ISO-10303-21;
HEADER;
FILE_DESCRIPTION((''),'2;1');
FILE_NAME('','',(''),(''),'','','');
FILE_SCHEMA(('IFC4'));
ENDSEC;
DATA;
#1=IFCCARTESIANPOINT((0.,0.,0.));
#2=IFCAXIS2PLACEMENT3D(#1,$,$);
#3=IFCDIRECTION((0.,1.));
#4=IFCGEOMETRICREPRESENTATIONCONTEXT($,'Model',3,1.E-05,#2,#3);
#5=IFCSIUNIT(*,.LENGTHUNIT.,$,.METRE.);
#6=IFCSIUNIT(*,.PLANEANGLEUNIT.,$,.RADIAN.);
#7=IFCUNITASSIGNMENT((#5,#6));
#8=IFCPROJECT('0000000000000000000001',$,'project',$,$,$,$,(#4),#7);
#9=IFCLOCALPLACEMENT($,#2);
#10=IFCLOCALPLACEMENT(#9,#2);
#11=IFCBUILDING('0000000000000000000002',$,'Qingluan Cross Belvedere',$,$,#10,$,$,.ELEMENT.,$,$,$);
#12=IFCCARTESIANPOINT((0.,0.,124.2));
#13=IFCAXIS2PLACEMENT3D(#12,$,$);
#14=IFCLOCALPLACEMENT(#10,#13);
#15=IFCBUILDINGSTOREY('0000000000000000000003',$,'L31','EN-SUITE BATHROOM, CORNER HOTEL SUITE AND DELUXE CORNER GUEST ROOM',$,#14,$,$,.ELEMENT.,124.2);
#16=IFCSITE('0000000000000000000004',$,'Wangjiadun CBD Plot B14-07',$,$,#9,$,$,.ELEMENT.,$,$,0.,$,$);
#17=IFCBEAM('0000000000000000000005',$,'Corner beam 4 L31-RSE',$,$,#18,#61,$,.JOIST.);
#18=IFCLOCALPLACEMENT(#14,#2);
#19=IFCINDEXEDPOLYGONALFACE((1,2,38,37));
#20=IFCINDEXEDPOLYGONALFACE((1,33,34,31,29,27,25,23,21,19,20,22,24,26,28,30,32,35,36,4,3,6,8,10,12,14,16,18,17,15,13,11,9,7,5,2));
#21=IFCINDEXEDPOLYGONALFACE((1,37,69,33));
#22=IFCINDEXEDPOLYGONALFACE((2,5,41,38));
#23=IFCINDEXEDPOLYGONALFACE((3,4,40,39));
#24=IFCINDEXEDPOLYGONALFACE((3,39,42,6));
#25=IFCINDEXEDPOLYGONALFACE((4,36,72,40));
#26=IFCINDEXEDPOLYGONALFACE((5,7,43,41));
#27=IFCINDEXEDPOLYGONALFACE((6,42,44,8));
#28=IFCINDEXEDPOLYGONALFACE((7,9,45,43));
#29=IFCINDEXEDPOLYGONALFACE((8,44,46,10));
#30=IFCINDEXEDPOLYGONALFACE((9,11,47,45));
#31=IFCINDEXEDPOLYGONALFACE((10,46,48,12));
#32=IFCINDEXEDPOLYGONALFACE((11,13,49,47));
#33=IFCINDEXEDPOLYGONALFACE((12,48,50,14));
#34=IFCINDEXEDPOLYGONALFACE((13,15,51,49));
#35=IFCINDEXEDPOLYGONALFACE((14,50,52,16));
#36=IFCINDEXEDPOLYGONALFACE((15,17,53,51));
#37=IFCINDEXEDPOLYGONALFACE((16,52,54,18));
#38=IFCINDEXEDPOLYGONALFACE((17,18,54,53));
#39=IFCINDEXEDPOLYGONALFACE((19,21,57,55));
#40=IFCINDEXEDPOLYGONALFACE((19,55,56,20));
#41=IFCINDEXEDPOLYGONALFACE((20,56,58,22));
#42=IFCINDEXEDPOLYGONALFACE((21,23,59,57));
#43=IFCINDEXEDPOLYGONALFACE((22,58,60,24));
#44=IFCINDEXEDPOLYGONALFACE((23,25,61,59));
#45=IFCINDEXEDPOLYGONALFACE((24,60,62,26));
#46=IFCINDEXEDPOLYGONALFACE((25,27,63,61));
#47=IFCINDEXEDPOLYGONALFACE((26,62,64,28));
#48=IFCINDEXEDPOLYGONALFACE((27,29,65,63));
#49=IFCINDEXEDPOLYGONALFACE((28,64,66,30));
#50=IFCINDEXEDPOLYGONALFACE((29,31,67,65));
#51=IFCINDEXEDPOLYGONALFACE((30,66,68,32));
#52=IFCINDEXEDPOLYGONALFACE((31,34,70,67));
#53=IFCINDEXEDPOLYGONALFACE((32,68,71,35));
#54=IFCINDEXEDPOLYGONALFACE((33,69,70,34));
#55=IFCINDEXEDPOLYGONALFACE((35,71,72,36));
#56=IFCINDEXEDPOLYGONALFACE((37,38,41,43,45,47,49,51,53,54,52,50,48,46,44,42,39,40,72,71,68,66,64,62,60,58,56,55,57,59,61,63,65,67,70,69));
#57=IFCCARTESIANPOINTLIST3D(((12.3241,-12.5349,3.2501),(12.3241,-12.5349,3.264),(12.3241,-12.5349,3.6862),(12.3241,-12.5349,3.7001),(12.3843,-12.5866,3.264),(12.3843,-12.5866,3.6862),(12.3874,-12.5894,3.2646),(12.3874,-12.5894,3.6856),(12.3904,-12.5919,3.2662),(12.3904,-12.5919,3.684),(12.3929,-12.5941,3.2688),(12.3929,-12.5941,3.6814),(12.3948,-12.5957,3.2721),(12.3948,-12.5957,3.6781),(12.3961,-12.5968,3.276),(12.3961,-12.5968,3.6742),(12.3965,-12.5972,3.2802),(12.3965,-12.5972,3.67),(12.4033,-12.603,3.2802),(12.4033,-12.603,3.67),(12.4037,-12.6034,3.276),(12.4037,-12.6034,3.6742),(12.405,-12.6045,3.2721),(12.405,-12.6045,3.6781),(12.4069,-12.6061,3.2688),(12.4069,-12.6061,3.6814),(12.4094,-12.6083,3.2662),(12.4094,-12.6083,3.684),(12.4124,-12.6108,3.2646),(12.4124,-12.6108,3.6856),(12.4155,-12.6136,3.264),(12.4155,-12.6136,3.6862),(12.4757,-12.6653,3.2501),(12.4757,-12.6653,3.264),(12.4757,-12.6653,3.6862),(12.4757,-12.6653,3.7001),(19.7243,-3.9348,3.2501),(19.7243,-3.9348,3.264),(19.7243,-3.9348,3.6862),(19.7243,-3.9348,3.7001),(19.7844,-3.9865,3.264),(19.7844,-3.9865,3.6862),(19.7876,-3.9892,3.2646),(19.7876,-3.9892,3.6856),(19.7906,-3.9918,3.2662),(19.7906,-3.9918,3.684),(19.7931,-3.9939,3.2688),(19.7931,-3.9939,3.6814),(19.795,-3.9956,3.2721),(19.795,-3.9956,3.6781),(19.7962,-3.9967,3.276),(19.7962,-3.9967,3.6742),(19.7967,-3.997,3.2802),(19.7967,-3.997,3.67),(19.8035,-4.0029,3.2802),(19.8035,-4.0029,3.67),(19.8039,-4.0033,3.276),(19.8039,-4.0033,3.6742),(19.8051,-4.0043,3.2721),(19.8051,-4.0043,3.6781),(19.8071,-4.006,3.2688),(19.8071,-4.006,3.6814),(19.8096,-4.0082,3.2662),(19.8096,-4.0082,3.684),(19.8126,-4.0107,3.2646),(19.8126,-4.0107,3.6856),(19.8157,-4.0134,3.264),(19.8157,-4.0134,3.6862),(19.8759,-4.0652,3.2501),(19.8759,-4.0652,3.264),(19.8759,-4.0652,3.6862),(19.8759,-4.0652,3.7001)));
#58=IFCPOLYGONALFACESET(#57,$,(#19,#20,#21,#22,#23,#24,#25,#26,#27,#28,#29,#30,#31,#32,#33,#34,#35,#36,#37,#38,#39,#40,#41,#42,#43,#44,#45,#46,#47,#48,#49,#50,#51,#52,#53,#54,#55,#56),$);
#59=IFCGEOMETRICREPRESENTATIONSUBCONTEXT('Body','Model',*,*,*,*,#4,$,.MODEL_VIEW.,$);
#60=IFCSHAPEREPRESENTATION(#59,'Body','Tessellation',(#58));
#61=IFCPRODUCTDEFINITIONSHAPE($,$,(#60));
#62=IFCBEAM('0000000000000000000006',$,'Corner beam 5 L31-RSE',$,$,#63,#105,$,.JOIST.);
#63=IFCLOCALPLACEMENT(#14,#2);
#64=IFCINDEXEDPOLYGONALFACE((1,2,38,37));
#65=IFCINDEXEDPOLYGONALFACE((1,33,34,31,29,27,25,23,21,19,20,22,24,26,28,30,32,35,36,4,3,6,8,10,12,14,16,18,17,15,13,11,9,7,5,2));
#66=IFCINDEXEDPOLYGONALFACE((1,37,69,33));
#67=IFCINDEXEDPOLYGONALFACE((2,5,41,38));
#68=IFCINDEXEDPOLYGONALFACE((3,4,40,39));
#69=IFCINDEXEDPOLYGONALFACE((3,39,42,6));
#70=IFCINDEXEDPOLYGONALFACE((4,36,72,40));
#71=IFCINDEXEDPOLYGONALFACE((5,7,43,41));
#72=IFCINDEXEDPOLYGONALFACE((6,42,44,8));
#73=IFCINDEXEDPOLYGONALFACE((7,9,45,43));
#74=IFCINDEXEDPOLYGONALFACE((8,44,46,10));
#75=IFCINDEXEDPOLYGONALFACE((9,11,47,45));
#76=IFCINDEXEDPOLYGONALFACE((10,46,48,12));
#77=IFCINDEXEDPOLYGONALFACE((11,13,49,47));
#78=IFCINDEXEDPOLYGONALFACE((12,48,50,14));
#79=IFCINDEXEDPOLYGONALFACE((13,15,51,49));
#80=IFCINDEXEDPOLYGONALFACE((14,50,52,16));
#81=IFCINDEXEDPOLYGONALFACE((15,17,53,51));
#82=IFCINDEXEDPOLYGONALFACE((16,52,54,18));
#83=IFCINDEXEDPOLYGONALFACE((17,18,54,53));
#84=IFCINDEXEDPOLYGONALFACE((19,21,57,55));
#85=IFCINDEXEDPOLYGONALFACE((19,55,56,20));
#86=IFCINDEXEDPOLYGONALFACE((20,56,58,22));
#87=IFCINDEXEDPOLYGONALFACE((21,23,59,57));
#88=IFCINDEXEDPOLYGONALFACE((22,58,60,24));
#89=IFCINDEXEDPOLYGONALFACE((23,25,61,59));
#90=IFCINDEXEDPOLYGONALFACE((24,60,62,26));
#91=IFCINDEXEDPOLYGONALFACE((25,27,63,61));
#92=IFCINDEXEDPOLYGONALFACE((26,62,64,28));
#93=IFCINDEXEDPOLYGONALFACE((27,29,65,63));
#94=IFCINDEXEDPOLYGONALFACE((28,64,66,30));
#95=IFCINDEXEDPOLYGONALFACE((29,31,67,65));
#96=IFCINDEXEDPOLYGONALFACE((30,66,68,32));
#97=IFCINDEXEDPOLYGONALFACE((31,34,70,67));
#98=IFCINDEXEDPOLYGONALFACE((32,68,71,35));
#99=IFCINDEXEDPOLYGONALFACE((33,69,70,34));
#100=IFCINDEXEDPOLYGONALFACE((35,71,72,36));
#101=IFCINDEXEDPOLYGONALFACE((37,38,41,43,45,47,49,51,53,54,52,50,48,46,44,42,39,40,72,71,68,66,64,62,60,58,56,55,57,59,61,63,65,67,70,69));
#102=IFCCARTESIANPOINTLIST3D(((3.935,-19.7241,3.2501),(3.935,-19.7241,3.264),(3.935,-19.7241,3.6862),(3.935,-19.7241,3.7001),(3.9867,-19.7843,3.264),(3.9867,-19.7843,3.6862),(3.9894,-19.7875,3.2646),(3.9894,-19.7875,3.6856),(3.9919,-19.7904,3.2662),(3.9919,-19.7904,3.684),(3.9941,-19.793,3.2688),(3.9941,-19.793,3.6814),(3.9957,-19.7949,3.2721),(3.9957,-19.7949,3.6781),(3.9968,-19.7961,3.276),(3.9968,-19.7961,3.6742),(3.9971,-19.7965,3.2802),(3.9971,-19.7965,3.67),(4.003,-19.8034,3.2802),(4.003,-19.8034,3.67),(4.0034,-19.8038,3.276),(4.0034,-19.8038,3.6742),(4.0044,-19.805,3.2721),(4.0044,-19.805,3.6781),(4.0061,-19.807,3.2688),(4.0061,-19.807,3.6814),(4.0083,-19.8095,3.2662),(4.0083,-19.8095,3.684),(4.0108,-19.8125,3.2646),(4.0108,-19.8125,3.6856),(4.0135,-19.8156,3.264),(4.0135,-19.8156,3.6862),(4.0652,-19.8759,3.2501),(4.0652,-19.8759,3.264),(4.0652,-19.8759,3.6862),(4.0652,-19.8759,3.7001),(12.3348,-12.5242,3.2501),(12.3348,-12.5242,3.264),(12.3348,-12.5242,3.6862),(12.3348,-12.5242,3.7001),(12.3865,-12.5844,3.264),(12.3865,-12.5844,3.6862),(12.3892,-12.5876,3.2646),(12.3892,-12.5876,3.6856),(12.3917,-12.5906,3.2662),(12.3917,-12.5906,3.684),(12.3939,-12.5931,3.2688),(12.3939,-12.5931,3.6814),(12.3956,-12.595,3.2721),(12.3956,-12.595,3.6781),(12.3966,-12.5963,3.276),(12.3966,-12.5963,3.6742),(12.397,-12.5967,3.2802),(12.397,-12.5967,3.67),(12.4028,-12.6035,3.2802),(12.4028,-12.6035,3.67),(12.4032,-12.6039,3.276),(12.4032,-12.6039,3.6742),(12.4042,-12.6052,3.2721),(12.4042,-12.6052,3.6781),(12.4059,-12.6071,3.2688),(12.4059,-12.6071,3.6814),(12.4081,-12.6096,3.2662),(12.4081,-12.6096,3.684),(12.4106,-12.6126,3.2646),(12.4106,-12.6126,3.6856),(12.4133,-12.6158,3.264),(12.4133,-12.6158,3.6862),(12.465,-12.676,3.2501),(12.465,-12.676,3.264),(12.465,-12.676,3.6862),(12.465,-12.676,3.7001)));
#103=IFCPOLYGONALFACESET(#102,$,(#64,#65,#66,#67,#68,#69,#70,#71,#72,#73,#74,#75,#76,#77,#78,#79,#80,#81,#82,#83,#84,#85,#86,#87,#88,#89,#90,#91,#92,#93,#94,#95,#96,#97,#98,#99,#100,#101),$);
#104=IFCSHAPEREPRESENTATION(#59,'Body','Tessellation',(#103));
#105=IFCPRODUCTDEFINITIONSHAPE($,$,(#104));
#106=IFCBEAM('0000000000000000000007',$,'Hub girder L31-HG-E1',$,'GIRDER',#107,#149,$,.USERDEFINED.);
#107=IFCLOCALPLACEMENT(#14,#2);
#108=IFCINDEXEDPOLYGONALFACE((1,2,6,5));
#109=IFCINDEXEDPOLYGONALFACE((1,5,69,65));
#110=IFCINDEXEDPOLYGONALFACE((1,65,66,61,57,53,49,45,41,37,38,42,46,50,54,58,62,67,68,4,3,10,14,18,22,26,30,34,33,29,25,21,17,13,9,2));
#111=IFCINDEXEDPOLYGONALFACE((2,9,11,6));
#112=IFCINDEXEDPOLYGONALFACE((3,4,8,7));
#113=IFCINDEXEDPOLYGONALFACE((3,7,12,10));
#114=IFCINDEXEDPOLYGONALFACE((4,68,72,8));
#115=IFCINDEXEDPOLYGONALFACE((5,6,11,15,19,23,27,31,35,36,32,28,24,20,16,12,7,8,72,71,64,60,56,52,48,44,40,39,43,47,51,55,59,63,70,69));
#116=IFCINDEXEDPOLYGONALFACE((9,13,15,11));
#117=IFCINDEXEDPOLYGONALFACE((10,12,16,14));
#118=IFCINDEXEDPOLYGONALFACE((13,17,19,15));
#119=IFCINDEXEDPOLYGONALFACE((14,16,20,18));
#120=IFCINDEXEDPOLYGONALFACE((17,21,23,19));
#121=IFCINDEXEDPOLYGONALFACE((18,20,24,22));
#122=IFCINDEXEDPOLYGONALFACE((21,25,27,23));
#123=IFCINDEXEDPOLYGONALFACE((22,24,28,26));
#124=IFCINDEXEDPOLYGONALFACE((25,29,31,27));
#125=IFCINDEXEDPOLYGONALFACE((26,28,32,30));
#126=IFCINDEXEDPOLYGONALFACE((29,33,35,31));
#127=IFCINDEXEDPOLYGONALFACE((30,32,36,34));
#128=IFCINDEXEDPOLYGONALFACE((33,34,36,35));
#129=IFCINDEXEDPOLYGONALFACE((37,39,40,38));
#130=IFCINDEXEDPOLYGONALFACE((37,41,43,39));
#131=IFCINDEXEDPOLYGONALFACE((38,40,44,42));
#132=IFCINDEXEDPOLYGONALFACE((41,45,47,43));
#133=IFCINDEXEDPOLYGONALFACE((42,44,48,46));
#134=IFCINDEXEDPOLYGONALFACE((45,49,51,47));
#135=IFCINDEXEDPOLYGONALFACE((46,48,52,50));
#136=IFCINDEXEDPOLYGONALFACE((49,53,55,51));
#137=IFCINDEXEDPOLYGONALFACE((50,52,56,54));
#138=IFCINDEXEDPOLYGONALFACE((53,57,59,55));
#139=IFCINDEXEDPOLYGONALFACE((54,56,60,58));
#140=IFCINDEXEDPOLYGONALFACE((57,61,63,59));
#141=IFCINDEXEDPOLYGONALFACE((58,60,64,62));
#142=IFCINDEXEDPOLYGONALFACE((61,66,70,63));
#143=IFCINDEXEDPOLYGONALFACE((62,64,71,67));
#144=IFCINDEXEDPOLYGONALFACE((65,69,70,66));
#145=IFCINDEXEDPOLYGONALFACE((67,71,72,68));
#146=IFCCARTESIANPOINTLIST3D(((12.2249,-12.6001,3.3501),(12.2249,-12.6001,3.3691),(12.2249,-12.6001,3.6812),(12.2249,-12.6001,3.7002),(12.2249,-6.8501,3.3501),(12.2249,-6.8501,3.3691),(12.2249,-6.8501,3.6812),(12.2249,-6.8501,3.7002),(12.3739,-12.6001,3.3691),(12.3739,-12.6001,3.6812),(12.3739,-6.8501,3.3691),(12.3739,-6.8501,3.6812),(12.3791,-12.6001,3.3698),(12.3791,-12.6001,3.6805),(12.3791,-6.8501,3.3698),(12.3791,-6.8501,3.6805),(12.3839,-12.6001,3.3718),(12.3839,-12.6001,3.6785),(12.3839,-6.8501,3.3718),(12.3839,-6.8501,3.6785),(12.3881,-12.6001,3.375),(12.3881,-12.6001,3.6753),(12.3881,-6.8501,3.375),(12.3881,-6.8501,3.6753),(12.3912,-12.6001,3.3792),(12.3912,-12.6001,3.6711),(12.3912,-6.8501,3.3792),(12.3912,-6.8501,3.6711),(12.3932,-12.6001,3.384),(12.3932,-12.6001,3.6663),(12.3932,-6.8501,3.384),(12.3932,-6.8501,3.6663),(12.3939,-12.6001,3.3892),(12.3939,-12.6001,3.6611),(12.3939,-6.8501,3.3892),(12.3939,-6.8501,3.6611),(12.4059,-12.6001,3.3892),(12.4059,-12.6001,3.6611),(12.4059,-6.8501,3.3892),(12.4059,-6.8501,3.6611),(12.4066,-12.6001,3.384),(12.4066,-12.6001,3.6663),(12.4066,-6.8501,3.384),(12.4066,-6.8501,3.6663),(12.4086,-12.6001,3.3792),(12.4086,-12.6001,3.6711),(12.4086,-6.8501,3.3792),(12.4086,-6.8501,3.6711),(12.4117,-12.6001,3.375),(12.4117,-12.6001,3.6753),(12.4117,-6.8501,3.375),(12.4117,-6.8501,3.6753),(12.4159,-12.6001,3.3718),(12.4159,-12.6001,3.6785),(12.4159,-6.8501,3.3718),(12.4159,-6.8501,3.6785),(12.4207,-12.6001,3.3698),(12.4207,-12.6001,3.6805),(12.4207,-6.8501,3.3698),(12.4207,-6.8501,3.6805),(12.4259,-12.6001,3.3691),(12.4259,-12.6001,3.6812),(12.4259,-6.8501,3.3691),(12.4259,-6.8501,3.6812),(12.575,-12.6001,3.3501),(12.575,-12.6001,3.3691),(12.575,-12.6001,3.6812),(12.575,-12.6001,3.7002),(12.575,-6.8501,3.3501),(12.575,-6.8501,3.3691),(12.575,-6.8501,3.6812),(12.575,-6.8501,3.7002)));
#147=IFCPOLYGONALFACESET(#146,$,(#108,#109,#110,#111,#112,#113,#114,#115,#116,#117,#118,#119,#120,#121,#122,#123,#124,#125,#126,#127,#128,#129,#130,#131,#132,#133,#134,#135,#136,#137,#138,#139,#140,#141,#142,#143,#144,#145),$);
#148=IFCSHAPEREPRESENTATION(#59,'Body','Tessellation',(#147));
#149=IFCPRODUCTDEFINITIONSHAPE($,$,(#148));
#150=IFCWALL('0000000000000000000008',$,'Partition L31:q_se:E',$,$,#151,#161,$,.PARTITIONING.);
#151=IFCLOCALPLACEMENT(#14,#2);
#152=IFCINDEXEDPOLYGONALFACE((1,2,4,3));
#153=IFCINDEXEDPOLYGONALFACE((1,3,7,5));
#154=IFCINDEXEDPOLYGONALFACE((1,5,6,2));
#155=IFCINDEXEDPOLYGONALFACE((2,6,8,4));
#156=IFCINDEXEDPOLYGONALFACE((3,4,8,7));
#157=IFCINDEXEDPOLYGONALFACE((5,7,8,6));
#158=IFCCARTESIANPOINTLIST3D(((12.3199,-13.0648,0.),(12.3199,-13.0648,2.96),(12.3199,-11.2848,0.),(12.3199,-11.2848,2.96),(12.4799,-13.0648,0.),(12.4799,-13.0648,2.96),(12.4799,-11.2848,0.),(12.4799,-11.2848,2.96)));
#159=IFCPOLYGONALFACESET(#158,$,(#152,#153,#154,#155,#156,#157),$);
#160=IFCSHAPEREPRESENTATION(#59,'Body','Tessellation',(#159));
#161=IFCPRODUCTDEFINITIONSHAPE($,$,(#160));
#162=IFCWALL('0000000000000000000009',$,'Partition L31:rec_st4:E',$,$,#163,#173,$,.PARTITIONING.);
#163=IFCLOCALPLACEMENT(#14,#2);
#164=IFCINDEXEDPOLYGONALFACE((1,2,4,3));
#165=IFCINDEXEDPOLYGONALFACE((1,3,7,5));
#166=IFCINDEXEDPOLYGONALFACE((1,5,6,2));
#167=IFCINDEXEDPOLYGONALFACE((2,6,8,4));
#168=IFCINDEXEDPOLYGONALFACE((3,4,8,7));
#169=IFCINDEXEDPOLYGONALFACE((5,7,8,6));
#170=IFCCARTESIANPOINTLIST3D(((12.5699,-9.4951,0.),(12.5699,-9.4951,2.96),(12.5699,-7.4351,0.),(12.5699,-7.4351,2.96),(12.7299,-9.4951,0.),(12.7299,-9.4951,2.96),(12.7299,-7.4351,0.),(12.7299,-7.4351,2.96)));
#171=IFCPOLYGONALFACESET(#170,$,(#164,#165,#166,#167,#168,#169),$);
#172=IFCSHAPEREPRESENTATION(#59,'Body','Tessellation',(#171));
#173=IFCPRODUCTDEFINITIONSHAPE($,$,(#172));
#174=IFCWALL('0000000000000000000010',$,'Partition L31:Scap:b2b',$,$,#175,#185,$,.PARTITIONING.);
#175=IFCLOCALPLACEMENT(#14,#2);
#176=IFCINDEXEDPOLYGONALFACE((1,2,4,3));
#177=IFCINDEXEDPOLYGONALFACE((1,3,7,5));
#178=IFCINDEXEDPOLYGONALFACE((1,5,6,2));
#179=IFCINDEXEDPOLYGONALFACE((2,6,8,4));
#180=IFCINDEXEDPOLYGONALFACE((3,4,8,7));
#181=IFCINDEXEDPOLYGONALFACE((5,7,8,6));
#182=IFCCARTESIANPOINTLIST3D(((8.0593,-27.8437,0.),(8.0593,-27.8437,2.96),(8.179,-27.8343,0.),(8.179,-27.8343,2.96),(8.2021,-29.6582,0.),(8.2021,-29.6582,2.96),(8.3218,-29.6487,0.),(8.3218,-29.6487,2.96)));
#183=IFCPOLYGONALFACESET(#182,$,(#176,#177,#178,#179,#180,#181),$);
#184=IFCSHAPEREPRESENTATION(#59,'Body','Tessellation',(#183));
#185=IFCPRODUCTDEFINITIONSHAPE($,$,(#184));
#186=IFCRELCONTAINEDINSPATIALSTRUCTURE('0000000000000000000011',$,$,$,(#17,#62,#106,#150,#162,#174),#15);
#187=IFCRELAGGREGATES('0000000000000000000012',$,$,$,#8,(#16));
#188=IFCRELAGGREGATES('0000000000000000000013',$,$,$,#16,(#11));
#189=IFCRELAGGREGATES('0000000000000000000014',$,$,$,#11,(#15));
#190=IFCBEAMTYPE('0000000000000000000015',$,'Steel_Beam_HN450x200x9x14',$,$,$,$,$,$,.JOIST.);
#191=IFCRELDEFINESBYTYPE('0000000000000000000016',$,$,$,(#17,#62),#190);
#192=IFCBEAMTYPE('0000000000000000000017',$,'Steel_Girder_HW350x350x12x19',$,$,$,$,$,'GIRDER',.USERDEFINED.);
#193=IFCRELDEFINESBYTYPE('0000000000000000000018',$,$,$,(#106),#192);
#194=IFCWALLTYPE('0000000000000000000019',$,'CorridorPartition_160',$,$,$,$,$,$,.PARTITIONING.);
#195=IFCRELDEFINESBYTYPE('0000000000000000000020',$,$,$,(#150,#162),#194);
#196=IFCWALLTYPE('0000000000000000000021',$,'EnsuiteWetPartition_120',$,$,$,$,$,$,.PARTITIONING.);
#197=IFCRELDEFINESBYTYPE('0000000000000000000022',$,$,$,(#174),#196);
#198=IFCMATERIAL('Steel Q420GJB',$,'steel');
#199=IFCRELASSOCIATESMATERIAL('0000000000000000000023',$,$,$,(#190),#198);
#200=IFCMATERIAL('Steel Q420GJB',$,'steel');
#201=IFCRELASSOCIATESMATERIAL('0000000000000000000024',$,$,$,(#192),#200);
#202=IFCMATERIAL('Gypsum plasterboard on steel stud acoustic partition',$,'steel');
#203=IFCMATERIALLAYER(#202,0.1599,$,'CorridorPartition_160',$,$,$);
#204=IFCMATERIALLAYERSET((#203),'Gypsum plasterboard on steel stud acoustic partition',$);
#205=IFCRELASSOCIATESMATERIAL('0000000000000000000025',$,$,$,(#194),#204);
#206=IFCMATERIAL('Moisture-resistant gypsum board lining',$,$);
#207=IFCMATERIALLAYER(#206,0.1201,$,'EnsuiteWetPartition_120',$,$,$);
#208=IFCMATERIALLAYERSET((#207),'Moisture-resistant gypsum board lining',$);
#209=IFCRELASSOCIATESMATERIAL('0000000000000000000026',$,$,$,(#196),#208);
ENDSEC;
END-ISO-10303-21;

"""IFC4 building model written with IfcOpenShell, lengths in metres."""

from ifc_helpers import new_model, si_unit, direction, frame, frame_2d, origin, origin_2d, place, context, subcontext, project, spatial, rectangle, i_section, extrude, material, layer, layer_set, material_profile, profile_set, type_object, element, save


model = new_model("IFC4")

# Units and contexts
model_context = context("Model", 3, precision=1e-05, world=origin(), true_north=direction((0.0, 1.0)))
body_context = subcontext(model_context, "Body", "Model", "MODEL_VIEW")
ifc_project = project(units=[si_unit("LENGTHUNIT", "METRE"), si_unit("PLANEANGLEUNIT", "RADIAN")], contexts=[model_context])

# Site, building, storey
site_placement = place(None, origin())
site = spatial("IfcSite", under=ifc_project, at=site_placement, Name="Wangjiadun CBD Plot B14-07", CompositionType="ELEMENT", RefElevation=0.0)
building_placement = place(site_placement, origin())
building = spatial("IfcBuilding", under=site, at=building_placement, Name="Qingluan Cross Belvedere", CompositionType="ELEMENT")
storey_placement = place(building_placement, frame((0.0, 0.0, 124.2)))
storey = spatial("IfcBuildingStorey", under=building, at=storey_placement, Name="L31", Description="EN-SUITE BATHROOM, CORNER HOTEL SUITE AND DELUXE CORNER GUEST ROOM", CompositionType="ELEMENT", Elevation=124.2)

# Beams
ifc_material_1 = material(Name="Steel Q420GJB", Category="steel")
ifc_material_profile_1 = material_profile(ifc_material_1, i_section(OverallWidth=0.2, OverallDepth=0.45, WebThickness=0.009, FlangeThickness=0.0139, FilletRadius=0.0161, at=origin_2d()), Name="HN450x200x9x14")
ifc_profile_set_1 = profile_set([ifc_material_profile_1], Name="Steel Q420GJB")
beam_type_1 = type_object("IfcBeamType", Name="Steel_Beam_HN450x200x9x14", PredefinedType="JOIST", material=ifc_profile_set_1)
beam_1_placement = place(storey_placement, frame((12.3999, -12.6001, 3.4751), z_axis=(0.652245, 0.758008, 0.0), x_axis=(-0.758008, 0.652245, 0.0)))
element("IfcBeam", 1, at=beam_1_placement, inside=storey, type_object=beam_type_1, Name="Corner beam 4 L31-RSE", PredefinedType="JOIST", context=body_context, shape_type="SweptSolid", body=[
    extrude(i_section(OverallWidth=0.2, OverallDepth=0.45, WebThickness=0.009, FlangeThickness=0.0139, FilletRadius=0.0161, at=origin_2d()), origin(), (0.0, 0.0, 1.0), 11.3457),
])
beam_2_placement = place(storey_placement, frame((12.3999, -12.6001, 3.4751), z_axis=(-0.759255, -0.650793, 0.0), x_axis=(0.650793, -0.759255, 0.0)))
element("IfcBeam", 2, at=beam_2_placement, inside=storey, type_object=beam_type_1, Name="Corner beam 5 L31-RSE", PredefinedType="JOIST", context=body_context, shape_type="SweptSolid", body=[
    extrude(i_section(OverallWidth=0.2, OverallDepth=0.45, WebThickness=0.009, FlangeThickness=0.0139, FilletRadius=0.0161, at=origin_2d()), origin(), (0.0, 0.0, 1.0), 11.0632),
])
ifc_material_2 = material(Name="Steel Q420GJB", Category="steel")
ifc_material_profile_2 = material_profile(ifc_material_2, i_section(OverallWidth=0.3501, OverallDepth=0.3501, WebThickness=0.012, FlangeThickness=0.019, FilletRadius=0.02, at=origin_2d()), Name="HW350x350x12x19")
ifc_profile_set_2 = profile_set([ifc_material_profile_2], Name="Steel Q420GJB")
beam_type_2 = type_object("IfcBeamType", Name="Steel_Girder_HW350x350x12x19", ElementType="GIRDER", PredefinedType="USERDEFINED", material=ifc_profile_set_2)
beam_3_placement = place(storey_placement, frame((12.3999, -12.6001, 3.5251), z_axis=(0.0, 1.0, 0.0), x_axis=(-1.0, 0.0, 0.0)))
element("IfcBeam", 3, at=beam_3_placement, inside=storey, type_object=beam_type_2, Name="Hub girder L31-HG-E1", ObjectType="GIRDER", PredefinedType="USERDEFINED", context=body_context, shape_type="SweptSolid", body=[
    extrude(i_section(OverallWidth=0.3501, OverallDepth=0.3501, WebThickness=0.012, FlangeThickness=0.019, FilletRadius=0.02, at=origin_2d()), origin(), (0.0, 0.0, 1.0), 5.75),
])

# Walls
ifc_material_3 = material(Name="Gypsum plasterboard on steel stud acoustic partition", Category="steel")
ifc_layer_1 = layer(ifc_material_3, 0.1599, Name="CorridorPartition_160")
ifc_layer_set_1 = layer_set([ifc_layer_1], Name="Gypsum plasterboard on steel stud acoustic partition")
wall_type_1 = type_object("IfcWallType", Name="CorridorPartition_160", PredefinedType="PARTITIONING", material=ifc_layer_set_1)
wall_1_placement = place(storey_placement, frame((12.3999, -13.0649, 0.0), z_axis=(0.0, 0.0, 1.0), x_axis=(0.0, 1.0, 0.0)))
element("IfcWall", 4, at=wall_1_placement, inside=storey, type_object=wall_type_1, Name="Partition L31:q_se:E", PredefinedType="PARTITIONING", context=body_context, shape_type="SweptSolid", body=[
    extrude(rectangle(XDim=1.78, YDim=0.1599, at=frame_2d((0.8901, 0.0))), origin(), (0.0, 0.0, 1.0), 2.96),
])
wall_2_placement = place(storey_placement, frame((12.6499, -9.4951, 0.0), z_axis=(0.0, 0.0, 1.0), x_axis=(0.0, 1.0, 0.0)))
element("IfcWall", 5, at=wall_2_placement, inside=storey, type_object=wall_type_1, Name="Partition L31:rec_st4:E", PredefinedType="PARTITIONING", context=body_context, shape_type="SweptSolid", body=[
    extrude(rectangle(XDim=2.0601, YDim=0.1599, at=frame_2d((1.03, 0.0))), origin(), (0.0, 0.0, 1.0), 2.96),
])
ifc_material_4 = material(Name="Moisture-resistant gypsum board lining")
ifc_layer_2 = layer(ifc_material_4, 0.1201, Name="EnsuiteWetPartition_120")
ifc_layer_set_2 = layer_set([ifc_layer_2], Name="Moisture-resistant gypsum board lining")
wall_type_2 = type_object("IfcWallType", Name="EnsuiteWetPartition_120", PredefinedType="PARTITIONING", material=ifc_layer_set_2)
wall_3_placement = place(storey_placement, frame((8.1191, -27.8389, 0.0), z_axis=(0.0, 0.0, 1.0), x_axis=(0.078471, -0.996916, 0.0)))
element("IfcWall", 6, at=wall_3_placement, inside=storey, type_object=wall_type_2, Name="Partition L31:Scap:b2b", PredefinedType="PARTITIONING", context=body_context, shape_type="SweptSolid", body=[
    extrude(rectangle(XDim=1.8201, YDim=0.1201, at=frame_2d((0.9102, 0.0))), origin(), (0.0, 0.0, 1.0), 2.96),
])

save(model, "model.ifc")
